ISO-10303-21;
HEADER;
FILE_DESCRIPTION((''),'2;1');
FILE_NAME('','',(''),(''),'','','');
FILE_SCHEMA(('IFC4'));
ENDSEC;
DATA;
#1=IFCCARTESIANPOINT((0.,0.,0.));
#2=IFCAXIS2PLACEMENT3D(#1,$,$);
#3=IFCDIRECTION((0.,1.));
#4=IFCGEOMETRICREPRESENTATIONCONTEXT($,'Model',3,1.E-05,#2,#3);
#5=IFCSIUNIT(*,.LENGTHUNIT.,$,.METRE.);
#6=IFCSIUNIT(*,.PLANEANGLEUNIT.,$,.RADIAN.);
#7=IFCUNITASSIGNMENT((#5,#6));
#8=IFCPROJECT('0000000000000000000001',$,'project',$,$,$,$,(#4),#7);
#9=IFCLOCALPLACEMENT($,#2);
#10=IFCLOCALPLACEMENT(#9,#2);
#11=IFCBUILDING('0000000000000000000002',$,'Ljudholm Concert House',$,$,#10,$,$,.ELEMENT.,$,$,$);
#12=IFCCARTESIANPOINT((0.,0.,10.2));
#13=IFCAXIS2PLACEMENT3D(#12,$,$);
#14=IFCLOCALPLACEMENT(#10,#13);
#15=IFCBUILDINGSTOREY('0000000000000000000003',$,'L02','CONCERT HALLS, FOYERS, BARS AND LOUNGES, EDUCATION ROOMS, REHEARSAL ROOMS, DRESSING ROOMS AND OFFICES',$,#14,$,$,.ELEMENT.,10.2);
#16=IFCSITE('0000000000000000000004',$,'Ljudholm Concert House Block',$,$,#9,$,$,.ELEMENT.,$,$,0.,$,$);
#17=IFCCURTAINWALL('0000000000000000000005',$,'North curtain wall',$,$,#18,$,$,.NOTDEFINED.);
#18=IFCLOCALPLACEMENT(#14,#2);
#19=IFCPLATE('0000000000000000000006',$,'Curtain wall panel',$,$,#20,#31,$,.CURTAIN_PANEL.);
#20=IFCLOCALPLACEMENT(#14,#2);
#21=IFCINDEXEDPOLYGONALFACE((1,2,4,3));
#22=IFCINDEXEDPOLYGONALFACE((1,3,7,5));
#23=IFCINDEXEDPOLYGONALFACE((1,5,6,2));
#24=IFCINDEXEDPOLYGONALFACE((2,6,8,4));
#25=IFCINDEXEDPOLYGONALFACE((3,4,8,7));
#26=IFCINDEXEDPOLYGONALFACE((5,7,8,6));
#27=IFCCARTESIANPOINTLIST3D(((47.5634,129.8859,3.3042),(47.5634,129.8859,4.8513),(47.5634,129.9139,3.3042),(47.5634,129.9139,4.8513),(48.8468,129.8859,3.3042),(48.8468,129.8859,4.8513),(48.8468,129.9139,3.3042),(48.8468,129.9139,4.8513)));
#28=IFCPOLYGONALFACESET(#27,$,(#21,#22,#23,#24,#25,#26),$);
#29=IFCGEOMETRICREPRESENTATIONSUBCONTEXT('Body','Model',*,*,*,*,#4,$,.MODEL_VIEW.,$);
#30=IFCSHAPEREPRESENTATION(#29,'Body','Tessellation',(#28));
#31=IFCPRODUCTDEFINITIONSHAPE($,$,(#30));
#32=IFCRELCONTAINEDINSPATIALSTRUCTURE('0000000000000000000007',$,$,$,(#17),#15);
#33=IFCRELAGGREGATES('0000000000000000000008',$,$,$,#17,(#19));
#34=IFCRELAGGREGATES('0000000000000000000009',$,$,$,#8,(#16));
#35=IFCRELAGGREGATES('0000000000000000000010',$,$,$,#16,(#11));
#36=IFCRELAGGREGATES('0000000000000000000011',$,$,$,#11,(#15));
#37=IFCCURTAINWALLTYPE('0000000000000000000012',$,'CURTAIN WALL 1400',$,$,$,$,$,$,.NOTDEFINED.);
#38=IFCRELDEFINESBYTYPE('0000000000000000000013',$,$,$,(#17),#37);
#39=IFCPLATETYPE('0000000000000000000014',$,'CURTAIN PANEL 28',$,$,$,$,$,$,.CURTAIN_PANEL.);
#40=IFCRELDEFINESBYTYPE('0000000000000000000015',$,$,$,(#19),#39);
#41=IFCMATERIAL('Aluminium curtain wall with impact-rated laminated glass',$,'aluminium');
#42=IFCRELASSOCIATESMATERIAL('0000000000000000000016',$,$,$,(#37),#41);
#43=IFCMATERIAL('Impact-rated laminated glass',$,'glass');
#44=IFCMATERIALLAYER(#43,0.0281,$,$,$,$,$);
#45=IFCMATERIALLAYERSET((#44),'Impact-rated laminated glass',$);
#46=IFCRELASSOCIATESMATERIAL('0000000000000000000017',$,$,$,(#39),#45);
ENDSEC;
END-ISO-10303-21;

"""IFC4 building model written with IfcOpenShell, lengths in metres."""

from ifc_helpers import new_model, si_unit, direction, frame, origin, origin_2d, place, context, subcontext, project, spatial, rectangle, extrude, material, layer, layer_set, type_object, element, aggregate, save


model = new_model("IFC4")

# Units and contexts
model_context = context("Model", 3, precision=1e-05, world=origin(), true_north=direction((0.0, 1.0)))
body_context = subcontext(model_context, "Body", "Model", "MODEL_VIEW")
ifc_project = project(units=[si_unit("LENGTHUNIT", "METRE"), si_unit("PLANEANGLEUNIT", "RADIAN")], contexts=[model_context])

# Site, building, storey
site_placement = place(None, origin())
site = spatial("IfcSite", under=ifc_project, at=site_placement, Name="Ljudholm Concert House Block", CompositionType="ELEMENT", RefElevation=0.0)
building_placement = place(site_placement, origin())
building = spatial("IfcBuilding", under=site, at=building_placement, Name="Ljudholm Concert House", CompositionType="ELEMENT")
storey_placement = place(building_placement, frame((0.0, 0.0, 10.2)))
storey = spatial("IfcBuildingStorey", under=building, at=storey_placement, Name="L02", Description="CONCERT HALLS, FOYERS, BARS AND LOUNGES, EDUCATION ROOMS, REHEARSAL ROOMS, DRESSING ROOMS AND OFFICES", CompositionType="ELEMENT", Elevation=10.2)

# Shared definitions
ifc_material_1 = material(Name="Aluminium curtain wall with impact-rated laminated glass", Category="aluminium")
curtain_wall_type = type_object("IfcCurtainWallType", Name="CURTAIN WALL 1400", PredefinedType="NOTDEFINED", material=ifc_material_1)

# Curtain wall
curtain_wall_1_placement = place(storey_placement, origin())
curtain_wall_1 = element("IfcCurtainWall", 1, at=curtain_wall_1_placement, inside=storey, type_object=curtain_wall_type, Name="North curtain wall", PredefinedType="NOTDEFINED")

# Plate
ifc_material_2 = material(Name="Impact-rated laminated glass", Category="glass")
ifc_layer = layer(ifc_material_2, 0.0281)
ifc_layer_set = layer_set([ifc_layer], Name="Impact-rated laminated glass")
plate_type = type_object("IfcPlateType", Name="CURTAIN PANEL 28", PredefinedType="CURTAIN_PANEL", material=ifc_layer_set)
plate_1_placement = place(storey_placement, frame((48.2051, 129.8999, 3.3042), z_axis=(0.0, 0.0, 1.0), x_axis=(1.0, 0.0, 0.0)))
plate_1 = element("IfcPlate", 2, at=plate_1_placement, type_object=plate_type, Name="Curtain wall panel", PredefinedType="CURTAIN_PANEL", context=body_context, shape_type="SweptSolid", body=[
    extrude(rectangle(XDim=1.2834, YDim=0.0281, at=origin_2d()), origin(), (0.0, 0.0, 1.0), 1.5471),
])
aggregate(curtain_wall_1, [plate_1])

save(model, "model.ifc")
